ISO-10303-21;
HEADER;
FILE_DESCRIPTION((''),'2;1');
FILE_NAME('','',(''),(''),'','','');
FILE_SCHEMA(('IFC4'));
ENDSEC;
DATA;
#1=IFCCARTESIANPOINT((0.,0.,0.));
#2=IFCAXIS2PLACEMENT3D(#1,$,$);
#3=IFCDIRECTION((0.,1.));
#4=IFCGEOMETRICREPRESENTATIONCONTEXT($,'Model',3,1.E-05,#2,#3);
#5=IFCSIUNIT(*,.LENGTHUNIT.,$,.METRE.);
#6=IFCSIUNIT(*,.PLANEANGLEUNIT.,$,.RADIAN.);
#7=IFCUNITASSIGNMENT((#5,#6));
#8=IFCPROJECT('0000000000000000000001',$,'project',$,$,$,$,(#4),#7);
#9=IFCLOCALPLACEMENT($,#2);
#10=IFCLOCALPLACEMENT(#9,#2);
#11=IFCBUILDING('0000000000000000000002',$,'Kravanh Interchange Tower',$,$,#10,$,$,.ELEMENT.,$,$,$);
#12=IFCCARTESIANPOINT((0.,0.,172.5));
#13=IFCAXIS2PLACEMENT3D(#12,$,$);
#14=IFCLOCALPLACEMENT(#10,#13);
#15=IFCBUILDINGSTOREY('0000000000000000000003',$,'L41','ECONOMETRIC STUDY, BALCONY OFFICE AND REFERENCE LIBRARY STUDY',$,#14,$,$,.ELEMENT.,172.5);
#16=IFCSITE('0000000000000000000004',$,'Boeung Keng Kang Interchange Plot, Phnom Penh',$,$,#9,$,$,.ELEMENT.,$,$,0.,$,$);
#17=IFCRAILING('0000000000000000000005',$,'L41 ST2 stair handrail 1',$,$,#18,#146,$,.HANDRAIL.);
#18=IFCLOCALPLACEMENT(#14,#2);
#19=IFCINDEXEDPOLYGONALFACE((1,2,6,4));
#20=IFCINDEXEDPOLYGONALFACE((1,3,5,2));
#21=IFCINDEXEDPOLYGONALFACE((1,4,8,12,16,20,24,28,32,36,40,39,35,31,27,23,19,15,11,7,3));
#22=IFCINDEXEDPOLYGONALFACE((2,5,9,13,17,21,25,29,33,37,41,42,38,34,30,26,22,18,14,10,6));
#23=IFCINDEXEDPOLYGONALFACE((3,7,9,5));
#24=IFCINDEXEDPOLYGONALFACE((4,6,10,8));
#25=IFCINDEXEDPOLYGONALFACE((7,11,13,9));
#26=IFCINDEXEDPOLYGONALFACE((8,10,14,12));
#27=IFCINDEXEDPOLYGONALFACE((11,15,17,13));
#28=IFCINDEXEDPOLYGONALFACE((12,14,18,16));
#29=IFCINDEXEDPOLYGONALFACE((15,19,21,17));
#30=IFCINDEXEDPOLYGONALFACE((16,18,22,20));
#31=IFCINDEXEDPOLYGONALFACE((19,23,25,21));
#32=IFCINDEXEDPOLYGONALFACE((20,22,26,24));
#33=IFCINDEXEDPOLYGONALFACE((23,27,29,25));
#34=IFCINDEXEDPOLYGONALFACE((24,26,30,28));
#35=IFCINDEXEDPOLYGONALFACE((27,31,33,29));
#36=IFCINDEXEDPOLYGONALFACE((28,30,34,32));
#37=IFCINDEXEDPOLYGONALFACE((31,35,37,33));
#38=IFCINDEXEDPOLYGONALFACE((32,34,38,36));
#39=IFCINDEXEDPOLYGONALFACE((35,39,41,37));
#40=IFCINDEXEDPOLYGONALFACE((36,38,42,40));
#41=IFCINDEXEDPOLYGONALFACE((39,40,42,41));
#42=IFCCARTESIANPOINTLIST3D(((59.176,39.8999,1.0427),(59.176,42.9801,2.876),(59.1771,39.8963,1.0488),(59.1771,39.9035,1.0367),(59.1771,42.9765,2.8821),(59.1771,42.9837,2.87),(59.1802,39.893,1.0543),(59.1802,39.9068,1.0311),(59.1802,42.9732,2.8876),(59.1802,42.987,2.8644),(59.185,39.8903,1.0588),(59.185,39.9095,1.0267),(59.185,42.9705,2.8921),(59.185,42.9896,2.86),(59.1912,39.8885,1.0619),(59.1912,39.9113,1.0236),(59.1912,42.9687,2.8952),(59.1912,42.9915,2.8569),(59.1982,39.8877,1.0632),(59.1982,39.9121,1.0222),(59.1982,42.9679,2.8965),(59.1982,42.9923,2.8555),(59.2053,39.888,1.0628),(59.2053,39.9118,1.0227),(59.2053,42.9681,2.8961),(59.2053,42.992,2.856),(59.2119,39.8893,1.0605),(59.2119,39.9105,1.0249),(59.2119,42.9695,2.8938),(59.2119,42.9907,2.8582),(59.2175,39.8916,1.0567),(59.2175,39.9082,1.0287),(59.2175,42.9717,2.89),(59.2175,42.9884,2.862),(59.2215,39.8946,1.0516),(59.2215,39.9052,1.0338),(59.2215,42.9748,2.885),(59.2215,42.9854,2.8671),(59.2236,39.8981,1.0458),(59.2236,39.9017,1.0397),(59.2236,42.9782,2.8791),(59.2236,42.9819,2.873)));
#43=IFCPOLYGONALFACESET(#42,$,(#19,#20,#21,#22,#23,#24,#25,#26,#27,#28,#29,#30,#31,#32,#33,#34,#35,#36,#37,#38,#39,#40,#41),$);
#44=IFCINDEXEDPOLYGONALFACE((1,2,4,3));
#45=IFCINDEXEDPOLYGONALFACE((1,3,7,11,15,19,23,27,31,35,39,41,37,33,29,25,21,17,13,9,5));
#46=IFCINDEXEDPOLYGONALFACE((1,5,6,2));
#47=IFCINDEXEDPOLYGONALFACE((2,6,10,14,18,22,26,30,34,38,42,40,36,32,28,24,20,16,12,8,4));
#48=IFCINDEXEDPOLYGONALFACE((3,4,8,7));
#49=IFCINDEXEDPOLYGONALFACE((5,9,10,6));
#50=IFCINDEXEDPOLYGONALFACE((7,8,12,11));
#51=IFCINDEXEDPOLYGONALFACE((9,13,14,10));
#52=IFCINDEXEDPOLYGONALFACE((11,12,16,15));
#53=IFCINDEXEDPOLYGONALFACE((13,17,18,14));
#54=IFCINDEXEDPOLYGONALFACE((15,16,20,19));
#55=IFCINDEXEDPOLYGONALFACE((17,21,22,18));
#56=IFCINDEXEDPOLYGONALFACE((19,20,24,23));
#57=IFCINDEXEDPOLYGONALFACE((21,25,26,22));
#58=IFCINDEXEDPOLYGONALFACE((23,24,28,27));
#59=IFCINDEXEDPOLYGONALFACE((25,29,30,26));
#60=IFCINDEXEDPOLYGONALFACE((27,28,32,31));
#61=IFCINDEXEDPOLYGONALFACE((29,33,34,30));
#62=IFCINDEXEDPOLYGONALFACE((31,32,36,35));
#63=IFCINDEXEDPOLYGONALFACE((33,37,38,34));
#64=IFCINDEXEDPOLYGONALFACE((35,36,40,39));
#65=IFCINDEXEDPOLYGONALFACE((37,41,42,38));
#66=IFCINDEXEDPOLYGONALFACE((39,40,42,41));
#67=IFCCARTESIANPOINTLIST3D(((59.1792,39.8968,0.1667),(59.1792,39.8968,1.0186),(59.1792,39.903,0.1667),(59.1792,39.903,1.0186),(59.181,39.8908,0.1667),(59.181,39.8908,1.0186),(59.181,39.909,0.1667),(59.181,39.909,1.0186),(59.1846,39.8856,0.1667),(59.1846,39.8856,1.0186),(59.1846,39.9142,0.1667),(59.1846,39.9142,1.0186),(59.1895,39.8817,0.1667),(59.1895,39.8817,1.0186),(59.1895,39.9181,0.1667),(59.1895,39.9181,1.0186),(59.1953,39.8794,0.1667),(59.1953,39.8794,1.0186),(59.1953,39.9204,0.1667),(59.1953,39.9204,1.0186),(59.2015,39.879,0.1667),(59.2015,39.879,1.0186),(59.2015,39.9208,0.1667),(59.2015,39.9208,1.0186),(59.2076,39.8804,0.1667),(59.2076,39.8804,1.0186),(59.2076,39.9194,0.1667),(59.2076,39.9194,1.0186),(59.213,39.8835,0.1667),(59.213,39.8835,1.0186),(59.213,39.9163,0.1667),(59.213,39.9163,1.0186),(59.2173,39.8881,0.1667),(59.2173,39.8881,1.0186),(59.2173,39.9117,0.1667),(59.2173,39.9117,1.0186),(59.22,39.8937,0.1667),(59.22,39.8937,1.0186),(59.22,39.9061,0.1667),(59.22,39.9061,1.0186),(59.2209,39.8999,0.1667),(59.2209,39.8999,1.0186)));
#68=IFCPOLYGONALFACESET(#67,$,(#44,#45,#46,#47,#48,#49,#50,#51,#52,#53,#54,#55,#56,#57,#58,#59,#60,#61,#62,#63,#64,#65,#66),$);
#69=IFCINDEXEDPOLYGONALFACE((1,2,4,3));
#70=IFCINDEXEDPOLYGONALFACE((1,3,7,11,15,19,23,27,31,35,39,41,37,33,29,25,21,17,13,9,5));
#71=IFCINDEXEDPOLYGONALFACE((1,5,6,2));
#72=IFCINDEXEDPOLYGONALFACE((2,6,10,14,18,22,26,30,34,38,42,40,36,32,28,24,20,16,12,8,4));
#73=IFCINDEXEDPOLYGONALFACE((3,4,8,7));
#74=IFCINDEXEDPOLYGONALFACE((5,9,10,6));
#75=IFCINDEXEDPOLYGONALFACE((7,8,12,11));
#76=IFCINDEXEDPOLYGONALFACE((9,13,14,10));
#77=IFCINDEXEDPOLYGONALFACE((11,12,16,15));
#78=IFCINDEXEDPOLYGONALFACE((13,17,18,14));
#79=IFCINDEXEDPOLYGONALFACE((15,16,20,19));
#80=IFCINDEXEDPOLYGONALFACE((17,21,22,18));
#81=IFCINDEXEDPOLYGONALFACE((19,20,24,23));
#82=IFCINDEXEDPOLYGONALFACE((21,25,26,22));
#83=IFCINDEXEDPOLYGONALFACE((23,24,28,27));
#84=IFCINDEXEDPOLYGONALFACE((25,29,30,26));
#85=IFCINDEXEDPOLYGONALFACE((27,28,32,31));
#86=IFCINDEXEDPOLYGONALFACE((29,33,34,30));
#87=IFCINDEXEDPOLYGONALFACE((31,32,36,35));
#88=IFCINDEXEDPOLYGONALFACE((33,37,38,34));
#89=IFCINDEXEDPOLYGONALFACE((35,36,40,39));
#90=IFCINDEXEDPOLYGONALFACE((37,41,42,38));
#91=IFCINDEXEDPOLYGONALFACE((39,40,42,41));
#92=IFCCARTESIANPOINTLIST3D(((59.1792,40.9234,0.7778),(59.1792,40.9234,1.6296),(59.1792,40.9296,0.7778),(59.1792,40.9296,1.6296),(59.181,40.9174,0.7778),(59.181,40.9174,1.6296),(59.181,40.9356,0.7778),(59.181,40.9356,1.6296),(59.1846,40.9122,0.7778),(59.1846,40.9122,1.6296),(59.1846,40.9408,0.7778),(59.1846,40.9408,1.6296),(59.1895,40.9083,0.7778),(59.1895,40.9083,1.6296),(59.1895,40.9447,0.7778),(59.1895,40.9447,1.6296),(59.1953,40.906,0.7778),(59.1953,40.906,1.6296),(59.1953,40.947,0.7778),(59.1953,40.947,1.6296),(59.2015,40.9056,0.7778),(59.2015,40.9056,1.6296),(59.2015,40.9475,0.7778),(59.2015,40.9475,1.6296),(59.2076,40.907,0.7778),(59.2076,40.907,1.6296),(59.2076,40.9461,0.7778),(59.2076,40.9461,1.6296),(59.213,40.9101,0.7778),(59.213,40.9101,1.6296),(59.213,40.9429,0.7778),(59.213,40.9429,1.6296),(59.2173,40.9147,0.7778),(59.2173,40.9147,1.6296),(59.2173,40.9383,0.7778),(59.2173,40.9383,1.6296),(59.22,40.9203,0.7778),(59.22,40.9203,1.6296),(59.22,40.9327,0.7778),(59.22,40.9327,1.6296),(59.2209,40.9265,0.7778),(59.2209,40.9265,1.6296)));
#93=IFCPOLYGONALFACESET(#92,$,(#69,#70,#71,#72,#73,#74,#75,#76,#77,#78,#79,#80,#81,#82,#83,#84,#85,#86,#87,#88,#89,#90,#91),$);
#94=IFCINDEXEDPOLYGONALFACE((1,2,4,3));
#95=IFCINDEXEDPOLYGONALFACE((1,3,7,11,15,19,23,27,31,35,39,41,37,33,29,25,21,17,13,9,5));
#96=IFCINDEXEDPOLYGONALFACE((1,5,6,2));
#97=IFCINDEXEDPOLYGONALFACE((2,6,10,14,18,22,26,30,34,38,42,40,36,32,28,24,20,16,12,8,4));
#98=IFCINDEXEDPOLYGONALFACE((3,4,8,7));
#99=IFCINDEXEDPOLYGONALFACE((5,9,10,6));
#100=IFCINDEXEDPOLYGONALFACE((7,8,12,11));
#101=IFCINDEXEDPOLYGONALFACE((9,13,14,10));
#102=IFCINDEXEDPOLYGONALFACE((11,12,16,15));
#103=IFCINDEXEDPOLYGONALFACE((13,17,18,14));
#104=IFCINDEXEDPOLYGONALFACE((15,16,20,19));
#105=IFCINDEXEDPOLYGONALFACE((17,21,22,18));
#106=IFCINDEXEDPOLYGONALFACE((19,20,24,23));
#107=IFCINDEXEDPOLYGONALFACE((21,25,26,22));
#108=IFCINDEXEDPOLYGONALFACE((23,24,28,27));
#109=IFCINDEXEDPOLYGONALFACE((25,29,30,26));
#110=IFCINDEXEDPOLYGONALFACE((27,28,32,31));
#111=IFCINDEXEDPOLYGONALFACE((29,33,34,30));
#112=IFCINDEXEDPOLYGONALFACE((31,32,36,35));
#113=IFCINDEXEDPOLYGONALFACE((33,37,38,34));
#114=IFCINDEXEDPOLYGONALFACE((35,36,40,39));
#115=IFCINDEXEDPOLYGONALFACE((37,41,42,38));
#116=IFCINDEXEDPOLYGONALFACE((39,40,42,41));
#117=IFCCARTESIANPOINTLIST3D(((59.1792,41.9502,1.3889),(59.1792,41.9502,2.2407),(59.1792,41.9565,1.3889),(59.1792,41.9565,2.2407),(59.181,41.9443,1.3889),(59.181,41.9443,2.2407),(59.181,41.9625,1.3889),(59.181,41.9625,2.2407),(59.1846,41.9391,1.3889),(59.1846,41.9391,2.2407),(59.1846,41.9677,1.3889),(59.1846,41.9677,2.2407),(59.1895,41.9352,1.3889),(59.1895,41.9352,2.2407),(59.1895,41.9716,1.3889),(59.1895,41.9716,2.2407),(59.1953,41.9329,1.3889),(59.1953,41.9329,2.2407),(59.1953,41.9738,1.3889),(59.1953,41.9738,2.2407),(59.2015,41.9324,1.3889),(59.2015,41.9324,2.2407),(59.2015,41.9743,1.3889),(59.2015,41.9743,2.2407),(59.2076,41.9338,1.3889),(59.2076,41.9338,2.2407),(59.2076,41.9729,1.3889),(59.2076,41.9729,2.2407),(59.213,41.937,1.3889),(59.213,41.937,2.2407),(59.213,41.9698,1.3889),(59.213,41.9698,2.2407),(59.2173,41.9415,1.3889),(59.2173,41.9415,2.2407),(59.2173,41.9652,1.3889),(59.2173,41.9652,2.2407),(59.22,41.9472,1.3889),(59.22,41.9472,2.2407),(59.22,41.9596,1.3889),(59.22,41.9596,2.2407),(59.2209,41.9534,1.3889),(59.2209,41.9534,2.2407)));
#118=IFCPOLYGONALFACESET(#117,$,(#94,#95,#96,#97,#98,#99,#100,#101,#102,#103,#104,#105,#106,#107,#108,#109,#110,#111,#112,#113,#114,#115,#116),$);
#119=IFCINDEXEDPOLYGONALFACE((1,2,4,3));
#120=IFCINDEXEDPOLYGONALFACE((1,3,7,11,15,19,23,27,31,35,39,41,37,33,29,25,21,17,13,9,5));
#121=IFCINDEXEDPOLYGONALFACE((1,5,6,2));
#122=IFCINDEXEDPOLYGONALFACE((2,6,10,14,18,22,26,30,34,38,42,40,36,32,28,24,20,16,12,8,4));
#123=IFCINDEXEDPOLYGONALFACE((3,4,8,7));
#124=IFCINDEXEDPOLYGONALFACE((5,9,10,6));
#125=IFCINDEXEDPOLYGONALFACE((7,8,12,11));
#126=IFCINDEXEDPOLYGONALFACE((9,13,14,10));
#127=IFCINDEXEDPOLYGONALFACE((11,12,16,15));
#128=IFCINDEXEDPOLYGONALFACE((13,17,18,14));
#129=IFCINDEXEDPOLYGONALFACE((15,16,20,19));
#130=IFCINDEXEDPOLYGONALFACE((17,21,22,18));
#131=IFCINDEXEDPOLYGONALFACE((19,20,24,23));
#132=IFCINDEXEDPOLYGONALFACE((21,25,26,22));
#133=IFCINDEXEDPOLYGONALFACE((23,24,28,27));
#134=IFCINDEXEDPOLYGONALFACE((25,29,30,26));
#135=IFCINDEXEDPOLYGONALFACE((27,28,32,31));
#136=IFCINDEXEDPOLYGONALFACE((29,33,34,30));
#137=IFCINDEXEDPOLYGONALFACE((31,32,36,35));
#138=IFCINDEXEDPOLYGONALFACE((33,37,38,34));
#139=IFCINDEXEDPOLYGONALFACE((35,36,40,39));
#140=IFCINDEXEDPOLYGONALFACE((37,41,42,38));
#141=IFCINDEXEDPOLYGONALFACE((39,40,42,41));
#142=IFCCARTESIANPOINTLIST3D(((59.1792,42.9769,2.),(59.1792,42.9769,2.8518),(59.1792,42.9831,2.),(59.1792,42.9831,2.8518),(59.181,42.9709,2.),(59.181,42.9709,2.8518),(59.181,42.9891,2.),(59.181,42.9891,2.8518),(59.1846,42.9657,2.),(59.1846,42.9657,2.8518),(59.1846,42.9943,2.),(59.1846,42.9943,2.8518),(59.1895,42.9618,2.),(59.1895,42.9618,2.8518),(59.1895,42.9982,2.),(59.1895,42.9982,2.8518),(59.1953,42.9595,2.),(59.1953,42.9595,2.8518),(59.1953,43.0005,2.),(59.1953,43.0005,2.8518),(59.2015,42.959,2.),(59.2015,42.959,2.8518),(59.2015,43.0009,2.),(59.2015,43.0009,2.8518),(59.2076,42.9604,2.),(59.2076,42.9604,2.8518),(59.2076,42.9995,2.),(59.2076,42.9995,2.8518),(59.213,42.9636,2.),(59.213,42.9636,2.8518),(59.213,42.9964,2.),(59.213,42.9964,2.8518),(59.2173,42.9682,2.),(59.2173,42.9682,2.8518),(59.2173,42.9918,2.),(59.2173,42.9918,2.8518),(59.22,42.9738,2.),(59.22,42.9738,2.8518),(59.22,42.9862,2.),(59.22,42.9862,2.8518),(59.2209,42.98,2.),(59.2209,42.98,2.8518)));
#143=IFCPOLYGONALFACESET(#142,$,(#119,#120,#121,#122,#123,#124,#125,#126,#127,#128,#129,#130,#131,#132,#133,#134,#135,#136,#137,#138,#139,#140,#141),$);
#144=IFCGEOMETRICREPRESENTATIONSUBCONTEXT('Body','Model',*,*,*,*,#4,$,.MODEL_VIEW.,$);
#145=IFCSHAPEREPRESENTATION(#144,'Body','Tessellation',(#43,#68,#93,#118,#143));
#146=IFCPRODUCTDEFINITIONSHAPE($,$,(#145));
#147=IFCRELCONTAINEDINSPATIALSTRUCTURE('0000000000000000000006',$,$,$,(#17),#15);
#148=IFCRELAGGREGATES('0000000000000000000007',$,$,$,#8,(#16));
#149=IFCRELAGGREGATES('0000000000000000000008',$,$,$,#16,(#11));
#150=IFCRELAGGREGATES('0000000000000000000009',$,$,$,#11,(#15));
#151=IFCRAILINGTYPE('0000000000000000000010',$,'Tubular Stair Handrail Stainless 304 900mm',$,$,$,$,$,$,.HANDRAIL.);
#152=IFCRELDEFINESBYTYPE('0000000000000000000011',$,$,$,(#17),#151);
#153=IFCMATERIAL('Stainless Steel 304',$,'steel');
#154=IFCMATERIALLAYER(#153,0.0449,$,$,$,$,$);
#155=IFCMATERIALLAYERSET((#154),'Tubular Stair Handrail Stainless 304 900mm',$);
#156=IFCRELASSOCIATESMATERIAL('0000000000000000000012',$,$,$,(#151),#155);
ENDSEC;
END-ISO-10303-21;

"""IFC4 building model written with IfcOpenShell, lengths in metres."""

from ifc_helpers import new_model, si_unit, direction, frame, origin, origin_2d, place, context, subcontext, project, spatial, circle, extrude, material, layer, layer_set, type_object, element, save


model = new_model("IFC4")

# Units and contexts
model_context = context("Model", 3, precision=1e-05, world=origin(), true_north=direction((0.0, 1.0)))
body_context = subcontext(model_context, "Body", "Model", "MODEL_VIEW")
ifc_project = project(units=[si_unit("LENGTHUNIT", "METRE"), si_unit("PLANEANGLEUNIT", "RADIAN")], contexts=[model_context])

# Site, building, storey
site_placement = place(None, origin())
site = spatial("IfcSite", under=ifc_project, at=site_placement, Name="Boeung Keng Kang Interchange Plot, Phnom Penh", CompositionType="ELEMENT", RefElevation=0.0)
building_placement = place(site_placement, origin())
building = spatial("IfcBuilding", under=site, at=building_placement, Name="Kravanh Interchange Tower", CompositionType="ELEMENT")
storey_placement = place(building_placement, frame((0.0, 0.0, 172.5)))
storey = spatial("IfcBuildingStorey", under=building, at=storey_placement, Name="L41", Description="ECONOMETRIC STUDY, BALCONY OFFICE AND REFERENCE LIBRARY STUDY", CompositionType="ELEMENT", Elevation=172.5)

# Railing
ifc_material_1 = material(Name="Stainless Steel 304", Category="steel")
ifc_layer_1 = layer(ifc_material_1, 0.0449)
ifc_layer_set_1 = layer_set([ifc_layer_1], Name="Tubular Stair Handrail Stainless 304 900mm")
railing_type_1 = type_object("IfcRailingType", Name="Tubular Stair Handrail Stainless 304 900mm", PredefinedType="HANDRAIL", material=ifc_layer_set_1)
railing_1_placement = place(storey_placement, frame((59.2, 39.8999, 0.1667)))
element("IfcRailing", 1, at=railing_1_placement, inside=storey, type_object=railing_type_1, Name="L41 ST2 stair handrail 1", PredefinedType="HANDRAIL", context=body_context, shape_type="SweptSolid", body=[
    extrude(circle(Radius=0.0239, at=origin_2d()), frame((0.0, 0.0, 0.876), z_axis=(0.0, 0.859309, 0.511458), x_axis=(-1.0, 0.0, 0.0)), (0.0, 0.0, 1.0), 3.5845),
    extrude(circle(Radius=0.021, at=origin_2d()), origin(), (0.0, 0.0, 1.0), 0.8518),
    extrude(circle(Radius=0.021, at=origin_2d()), frame((0.0, 1.0266, 0.6111)), (0.0, 0.0, 1.0), 0.8518),
    extrude(circle(Radius=0.021, at=origin_2d()), frame((0.0, 2.0535, 1.2222)), (0.0, 0.0, 1.0), 0.8518),
    extrude(circle(Radius=0.021, at=origin_2d()), frame((0.0, 3.0801, 1.8333)), (0.0, 0.0, 1.0), 0.8518),
])

save(model, "model.ifc")
